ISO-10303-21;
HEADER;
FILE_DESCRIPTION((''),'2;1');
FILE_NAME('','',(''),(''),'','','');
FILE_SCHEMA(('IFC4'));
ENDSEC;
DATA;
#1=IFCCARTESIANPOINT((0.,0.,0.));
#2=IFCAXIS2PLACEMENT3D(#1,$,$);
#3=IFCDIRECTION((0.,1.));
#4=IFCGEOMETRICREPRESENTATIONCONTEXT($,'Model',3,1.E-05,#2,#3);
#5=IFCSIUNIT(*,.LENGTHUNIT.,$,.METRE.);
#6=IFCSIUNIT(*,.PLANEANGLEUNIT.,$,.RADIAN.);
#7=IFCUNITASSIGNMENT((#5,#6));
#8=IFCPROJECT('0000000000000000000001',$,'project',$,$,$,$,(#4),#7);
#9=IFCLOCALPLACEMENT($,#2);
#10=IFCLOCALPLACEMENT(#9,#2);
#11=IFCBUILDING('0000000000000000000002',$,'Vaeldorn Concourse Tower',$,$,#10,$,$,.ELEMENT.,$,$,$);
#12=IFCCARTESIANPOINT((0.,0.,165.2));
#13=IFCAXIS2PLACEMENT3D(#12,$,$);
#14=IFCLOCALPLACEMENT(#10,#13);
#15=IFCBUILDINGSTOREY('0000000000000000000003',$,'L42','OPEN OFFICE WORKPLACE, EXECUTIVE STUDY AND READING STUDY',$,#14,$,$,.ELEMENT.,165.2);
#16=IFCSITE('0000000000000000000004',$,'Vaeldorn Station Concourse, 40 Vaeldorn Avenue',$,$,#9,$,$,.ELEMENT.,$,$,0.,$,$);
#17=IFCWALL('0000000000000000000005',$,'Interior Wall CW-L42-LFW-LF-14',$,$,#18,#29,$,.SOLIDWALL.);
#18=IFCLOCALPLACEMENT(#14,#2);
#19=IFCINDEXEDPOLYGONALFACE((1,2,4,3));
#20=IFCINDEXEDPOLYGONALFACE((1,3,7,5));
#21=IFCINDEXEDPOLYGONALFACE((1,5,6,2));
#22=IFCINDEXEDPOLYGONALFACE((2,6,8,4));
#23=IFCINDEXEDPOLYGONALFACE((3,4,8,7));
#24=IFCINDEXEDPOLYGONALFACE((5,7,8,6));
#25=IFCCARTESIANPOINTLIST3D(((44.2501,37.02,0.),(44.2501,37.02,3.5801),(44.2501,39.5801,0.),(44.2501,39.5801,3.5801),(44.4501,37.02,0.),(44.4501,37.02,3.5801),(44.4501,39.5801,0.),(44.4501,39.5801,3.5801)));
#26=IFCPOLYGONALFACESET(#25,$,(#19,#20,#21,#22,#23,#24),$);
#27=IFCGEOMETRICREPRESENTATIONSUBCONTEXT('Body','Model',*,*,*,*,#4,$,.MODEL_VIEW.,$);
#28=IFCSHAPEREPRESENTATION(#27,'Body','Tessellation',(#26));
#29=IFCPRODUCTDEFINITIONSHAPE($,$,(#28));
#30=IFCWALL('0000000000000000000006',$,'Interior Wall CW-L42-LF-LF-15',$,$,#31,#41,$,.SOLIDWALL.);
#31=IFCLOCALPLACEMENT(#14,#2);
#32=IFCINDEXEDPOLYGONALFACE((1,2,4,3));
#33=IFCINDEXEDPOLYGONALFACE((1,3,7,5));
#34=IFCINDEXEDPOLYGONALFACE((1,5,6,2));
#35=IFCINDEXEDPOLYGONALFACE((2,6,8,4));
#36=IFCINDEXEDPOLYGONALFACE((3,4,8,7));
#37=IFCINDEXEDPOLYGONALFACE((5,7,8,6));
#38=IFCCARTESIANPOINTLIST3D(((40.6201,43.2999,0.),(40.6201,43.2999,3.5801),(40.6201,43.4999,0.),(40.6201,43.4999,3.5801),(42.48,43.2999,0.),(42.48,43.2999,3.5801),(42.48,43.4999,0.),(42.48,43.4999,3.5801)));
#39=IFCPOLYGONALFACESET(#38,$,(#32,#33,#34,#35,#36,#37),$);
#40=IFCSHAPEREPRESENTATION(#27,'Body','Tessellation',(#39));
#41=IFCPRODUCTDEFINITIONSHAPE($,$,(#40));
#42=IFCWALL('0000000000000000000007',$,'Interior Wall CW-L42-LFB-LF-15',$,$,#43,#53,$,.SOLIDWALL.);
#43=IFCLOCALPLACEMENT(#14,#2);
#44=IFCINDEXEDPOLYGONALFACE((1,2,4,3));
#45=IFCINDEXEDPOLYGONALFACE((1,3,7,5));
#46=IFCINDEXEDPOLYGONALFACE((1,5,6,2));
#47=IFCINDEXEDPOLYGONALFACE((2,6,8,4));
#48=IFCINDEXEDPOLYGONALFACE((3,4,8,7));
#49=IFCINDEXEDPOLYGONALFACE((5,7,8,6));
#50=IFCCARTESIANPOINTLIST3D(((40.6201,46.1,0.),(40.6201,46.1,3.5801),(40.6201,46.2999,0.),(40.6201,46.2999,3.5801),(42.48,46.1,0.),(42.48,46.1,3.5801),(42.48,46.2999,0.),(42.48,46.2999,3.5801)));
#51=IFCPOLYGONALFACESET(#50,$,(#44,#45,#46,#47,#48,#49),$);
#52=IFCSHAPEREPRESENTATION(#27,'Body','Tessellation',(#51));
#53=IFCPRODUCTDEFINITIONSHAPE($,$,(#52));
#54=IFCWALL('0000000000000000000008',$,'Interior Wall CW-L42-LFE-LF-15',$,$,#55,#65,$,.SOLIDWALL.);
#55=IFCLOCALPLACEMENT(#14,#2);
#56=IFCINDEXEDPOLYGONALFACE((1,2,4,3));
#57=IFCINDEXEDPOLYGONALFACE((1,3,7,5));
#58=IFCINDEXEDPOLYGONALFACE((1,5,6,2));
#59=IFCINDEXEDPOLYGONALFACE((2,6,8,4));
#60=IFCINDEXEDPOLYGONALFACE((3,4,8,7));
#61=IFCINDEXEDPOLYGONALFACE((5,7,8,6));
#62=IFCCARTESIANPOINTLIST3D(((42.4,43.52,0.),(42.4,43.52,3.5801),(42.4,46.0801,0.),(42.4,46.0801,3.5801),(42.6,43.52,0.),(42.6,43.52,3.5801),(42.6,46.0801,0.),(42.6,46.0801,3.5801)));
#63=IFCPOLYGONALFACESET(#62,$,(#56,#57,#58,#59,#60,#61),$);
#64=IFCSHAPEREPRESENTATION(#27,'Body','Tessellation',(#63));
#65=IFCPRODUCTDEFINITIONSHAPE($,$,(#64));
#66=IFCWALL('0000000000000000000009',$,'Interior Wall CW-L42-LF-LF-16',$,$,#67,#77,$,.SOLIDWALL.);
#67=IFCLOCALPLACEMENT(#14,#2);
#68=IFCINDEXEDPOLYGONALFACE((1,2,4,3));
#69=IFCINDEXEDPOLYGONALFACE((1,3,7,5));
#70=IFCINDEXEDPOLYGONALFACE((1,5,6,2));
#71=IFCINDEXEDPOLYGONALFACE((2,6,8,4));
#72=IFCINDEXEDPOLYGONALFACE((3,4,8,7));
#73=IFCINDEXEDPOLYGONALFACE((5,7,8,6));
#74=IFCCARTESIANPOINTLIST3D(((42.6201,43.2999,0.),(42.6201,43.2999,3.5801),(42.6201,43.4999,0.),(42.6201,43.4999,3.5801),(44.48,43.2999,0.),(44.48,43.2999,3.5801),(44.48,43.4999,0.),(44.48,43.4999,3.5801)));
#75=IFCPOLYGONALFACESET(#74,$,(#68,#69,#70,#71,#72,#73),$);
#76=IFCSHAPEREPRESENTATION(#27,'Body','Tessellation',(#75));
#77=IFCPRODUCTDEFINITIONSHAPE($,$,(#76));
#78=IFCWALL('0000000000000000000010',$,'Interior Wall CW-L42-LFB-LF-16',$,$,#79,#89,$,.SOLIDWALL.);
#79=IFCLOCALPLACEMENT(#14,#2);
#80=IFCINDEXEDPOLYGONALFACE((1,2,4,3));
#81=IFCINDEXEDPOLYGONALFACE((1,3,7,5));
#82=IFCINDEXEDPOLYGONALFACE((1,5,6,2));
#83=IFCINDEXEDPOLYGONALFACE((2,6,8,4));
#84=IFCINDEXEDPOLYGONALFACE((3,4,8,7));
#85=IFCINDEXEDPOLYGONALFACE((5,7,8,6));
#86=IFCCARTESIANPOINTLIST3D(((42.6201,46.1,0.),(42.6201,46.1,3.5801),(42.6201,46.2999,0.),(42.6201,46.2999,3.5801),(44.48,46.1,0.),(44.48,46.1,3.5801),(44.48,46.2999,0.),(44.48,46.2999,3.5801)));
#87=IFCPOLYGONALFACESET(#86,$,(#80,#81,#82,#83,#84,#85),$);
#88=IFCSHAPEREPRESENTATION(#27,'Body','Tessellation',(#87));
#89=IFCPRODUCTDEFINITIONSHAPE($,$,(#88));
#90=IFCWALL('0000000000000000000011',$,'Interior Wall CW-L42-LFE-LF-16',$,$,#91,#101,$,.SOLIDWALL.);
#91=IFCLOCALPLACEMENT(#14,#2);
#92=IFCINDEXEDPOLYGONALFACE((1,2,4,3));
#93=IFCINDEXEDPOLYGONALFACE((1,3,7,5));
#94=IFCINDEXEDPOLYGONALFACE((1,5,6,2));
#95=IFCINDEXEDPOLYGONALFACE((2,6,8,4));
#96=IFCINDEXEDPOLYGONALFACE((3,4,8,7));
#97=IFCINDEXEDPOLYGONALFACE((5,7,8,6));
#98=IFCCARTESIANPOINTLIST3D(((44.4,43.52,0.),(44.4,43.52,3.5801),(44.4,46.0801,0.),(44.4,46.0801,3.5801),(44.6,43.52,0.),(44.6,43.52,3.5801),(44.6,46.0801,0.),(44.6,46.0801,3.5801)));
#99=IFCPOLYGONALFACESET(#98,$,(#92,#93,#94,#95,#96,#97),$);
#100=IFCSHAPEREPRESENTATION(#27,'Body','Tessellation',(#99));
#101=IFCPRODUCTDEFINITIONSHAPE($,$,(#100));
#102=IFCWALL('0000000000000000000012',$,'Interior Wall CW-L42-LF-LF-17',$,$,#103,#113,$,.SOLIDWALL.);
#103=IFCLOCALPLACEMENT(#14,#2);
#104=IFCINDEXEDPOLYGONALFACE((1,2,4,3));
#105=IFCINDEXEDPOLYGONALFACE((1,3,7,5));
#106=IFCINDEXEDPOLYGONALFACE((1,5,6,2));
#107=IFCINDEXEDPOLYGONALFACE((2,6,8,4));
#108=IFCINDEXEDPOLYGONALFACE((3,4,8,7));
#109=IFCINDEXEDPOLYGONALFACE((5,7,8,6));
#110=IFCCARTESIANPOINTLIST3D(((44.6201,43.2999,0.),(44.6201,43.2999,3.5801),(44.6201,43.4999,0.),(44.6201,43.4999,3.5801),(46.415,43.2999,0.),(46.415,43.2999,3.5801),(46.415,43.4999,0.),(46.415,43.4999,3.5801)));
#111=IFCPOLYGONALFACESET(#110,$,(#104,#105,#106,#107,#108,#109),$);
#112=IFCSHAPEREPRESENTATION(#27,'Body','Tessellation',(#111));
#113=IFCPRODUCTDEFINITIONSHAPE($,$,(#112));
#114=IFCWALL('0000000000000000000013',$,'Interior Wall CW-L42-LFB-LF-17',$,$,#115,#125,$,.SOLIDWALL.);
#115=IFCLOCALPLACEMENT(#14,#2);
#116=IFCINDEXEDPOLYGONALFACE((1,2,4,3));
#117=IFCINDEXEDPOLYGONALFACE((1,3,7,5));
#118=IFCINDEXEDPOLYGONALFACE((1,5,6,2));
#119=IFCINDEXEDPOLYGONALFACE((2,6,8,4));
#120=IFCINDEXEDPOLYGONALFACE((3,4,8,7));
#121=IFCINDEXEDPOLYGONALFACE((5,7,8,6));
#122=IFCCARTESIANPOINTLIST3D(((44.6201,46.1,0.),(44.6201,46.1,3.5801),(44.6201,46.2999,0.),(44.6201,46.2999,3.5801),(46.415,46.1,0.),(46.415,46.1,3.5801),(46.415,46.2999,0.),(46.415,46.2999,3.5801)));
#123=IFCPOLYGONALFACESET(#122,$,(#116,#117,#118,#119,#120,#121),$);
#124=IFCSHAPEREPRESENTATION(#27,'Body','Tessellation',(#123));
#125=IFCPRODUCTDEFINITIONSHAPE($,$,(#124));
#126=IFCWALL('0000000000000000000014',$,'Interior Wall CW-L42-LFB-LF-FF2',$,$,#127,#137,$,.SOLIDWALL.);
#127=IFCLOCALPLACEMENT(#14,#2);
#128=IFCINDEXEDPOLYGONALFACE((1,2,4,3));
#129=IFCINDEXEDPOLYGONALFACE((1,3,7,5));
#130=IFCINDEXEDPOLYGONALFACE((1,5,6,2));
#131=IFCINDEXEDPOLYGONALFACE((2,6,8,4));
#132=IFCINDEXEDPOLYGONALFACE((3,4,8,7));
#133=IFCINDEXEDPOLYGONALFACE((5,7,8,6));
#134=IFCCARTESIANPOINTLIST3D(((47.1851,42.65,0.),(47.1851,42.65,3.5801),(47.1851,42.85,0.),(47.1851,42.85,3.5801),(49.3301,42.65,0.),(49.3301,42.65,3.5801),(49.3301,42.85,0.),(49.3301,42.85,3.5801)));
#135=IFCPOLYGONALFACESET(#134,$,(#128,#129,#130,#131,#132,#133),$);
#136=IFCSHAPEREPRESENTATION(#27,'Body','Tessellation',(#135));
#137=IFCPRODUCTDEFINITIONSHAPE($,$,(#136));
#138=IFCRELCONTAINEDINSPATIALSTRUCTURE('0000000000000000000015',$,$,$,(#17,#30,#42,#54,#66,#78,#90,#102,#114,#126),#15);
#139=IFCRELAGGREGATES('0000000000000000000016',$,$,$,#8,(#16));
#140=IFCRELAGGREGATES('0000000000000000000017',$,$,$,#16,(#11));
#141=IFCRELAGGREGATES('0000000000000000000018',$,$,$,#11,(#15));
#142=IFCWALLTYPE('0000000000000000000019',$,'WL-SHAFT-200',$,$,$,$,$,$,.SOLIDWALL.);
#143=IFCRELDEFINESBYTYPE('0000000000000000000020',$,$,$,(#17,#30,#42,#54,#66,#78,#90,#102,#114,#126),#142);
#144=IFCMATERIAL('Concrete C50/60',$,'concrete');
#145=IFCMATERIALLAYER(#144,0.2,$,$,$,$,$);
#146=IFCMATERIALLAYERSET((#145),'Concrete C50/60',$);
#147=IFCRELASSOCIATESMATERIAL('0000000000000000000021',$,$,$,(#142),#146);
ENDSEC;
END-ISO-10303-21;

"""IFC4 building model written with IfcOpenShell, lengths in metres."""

from ifc_helpers import new_model, si_unit, direction, frame, frame_2d, origin, place, context, subcontext, project, spatial, rectangle, extrude, material, layer, layer_set, type_object, element, save


model = new_model("IFC4")

# Units and contexts
model_context = context("Model", 3, precision=1e-05, world=origin(), true_north=direction((0.0, 1.0)))
body_context = subcontext(model_context, "Body", "Model", "MODEL_VIEW")
ifc_project = project(units=[si_unit("LENGTHUNIT", "METRE"), si_unit("PLANEANGLEUNIT", "RADIAN")], contexts=[model_context])

# Site, building, storey
site_placement = place(None, origin())
site = spatial("IfcSite", under=ifc_project, at=site_placement, Name="Vaeldorn Station Concourse, 40 Vaeldorn Avenue", CompositionType="ELEMENT", RefElevation=0.0)
building_placement = place(site_placement, origin())
building = spatial("IfcBuilding", under=site, at=building_placement, Name="Vaeldorn Concourse Tower", CompositionType="ELEMENT")
storey_placement = place(building_placement, frame((0.0, 0.0, 165.2)))
storey = spatial("IfcBuildingStorey", under=building, at=storey_placement, Name="L42", Description="OPEN OFFICE WORKPLACE, EXECUTIVE STUDY AND READING STUDY", CompositionType="ELEMENT", Elevation=165.2)

# Shared definitions
ifc_material_1 = material(Name="Concrete C50/60", Category="concrete")
ifc_layer_1 = layer(ifc_material_1, 0.2)
ifc_layer_set_1 = layer_set([ifc_layer_1], Name="Concrete C50/60")
wall_type_1 = type_object("IfcWallType", Name="WL-SHAFT-200", PredefinedType="SOLIDWALL", material=ifc_layer_set_1)

# Walls
wall_1_placement = place(storey_placement, frame((44.3501, 37.02, 0.0), z_axis=(0.0, 0.0, 1.0), x_axis=(0.0, 1.0, 0.0)))
element("IfcWall", 1, at=wall_1_placement, inside=storey, type_object=wall_type_1, Name="Interior Wall CW-L42-LFW-LF-14", PredefinedType="SOLIDWALL", context=body_context, shape_type="SweptSolid", body=[
    extrude(rectangle(XDim=2.5601, YDim=0.2, at=frame_2d((1.28, 0.0))), origin(), (0.0, 0.0, 1.0), 3.5801),
])
for number, where, z_axis, x_axis, name in (
    (2, (40.6201, 43.3999, 0.0), (0.0, 0.0, 1.0), (1.0, 0.0, 0.0), "Interior Wall CW-L42-LF-LF-15"),
    (3, (40.6201, 46.2, 0.0), (0.0, 0.0, 1.0), (1.0, 0.0, 0.0), "Interior Wall CW-L42-LFB-LF-15"),
):
    element("IfcWall", number, at=place(storey_placement, frame(where, z_axis=z_axis, x_axis=x_axis)), inside=storey, type_object=wall_type_1, Name=name, PredefinedType="SOLIDWALL", context=body_context, shape_type="SweptSolid", body=[
        extrude(rectangle(XDim=1.8599, YDim=0.2, at=frame_2d((0.9299, 0.0))), origin(), (0.0, 0.0, 1.0), 3.5801),
    ])
wall_2_placement = place(storey_placement, frame((42.5, 43.52, 0.0), z_axis=(0.0, 0.0, 1.0), x_axis=(0.0, 1.0, 0.0)))
element("IfcWall", 4, at=wall_2_placement, inside=storey, type_object=wall_type_1, Name="Interior Wall CW-L42-LFE-LF-15", PredefinedType="SOLIDWALL", context=body_context, shape_type="SweptSolid", body=[
    extrude(rectangle(XDim=2.5601, YDim=0.2, at=frame_2d((1.28, 0.0))), origin(), (0.0, 0.0, 1.0), 3.5801),
])
for number, where, z_axis, x_axis, name in (
    (5, (42.6201, 43.3999, 0.0), (0.0, 0.0, 1.0), (1.0, 0.0, 0.0), "Interior Wall CW-L42-LF-LF-16"),
    (6, (42.6201, 46.2, 0.0), (0.0, 0.0, 1.0), (1.0, 0.0, 0.0), "Interior Wall CW-L42-LFB-LF-16"),
):
    element("IfcWall", number, at=place(storey_placement, frame(where, z_axis=z_axis, x_axis=x_axis)), inside=storey, type_object=wall_type_1, Name=name, PredefinedType="SOLIDWALL", context=body_context, shape_type="SweptSolid", body=[
        extrude(rectangle(XDim=1.8599, YDim=0.2, at=frame_2d((0.9299, 0.0))), origin(), (0.0, 0.0, 1.0), 3.5801),
    ])
wall_3_placement = place(storey_placement, frame((44.5, 43.52, 0.0), z_axis=(0.0, 0.0, 1.0), x_axis=(0.0, 1.0, 0.0)))
element("IfcWall", 7, at=wall_3_placement, inside=storey, type_object=wall_type_1, Name="Interior Wall CW-L42-LFE-LF-16", PredefinedType="SOLIDWALL", context=body_context, shape_type="SweptSolid", body=[
    extrude(rectangle(XDim=2.5601, YDim=0.2, at=frame_2d((1.28, 0.0))), origin(), (0.0, 0.0, 1.0), 3.5801),
])
for number, where, z_axis, x_axis, name in (
    (8, (44.6201, 43.3999, 0.0), (0.0, 0.0, 1.0), (1.0, 0.0, 0.0), "Interior Wall CW-L42-LF-LF-17"),
    (9, (44.6201, 46.2, 0.0), (0.0, 0.0, 1.0), (1.0, 0.0, 0.0), "Interior Wall CW-L42-LFB-LF-17"),
):
    element("IfcWall", number, at=place(storey_placement, frame(where, z_axis=z_axis, x_axis=x_axis)), inside=storey, type_object=wall_type_1, Name=name, PredefinedType="SOLIDWALL", context=body_context, shape_type="SweptSolid", body=[
        extrude(rectangle(XDim=1.7949, YDim=0.2, at=frame_2d((0.8975, 0.0))), origin(), (0.0, 0.0, 1.0), 3.5801),
    ])

# Wall
wall_4_placement = place(storey_placement, frame((47.1851, 42.75, 0.0), z_axis=(0.0, 0.0, 1.0), x_axis=(1.0, 0.0, 0.0)))
element("IfcWall", 10, at=wall_4_placement, inside=storey, type_object=wall_type_1, Name="Interior Wall CW-L42-LFB-LF-FF2", PredefinedType="SOLIDWALL", context=body_context, shape_type="SweptSolid", body=[
    extrude(rectangle(XDim=2.145, YDim=0.2, at=frame_2d((1.0725, 0.0))), origin(), (0.0, 0.0, 1.0), 3.5801),
])

save(model, "model.ifc")
